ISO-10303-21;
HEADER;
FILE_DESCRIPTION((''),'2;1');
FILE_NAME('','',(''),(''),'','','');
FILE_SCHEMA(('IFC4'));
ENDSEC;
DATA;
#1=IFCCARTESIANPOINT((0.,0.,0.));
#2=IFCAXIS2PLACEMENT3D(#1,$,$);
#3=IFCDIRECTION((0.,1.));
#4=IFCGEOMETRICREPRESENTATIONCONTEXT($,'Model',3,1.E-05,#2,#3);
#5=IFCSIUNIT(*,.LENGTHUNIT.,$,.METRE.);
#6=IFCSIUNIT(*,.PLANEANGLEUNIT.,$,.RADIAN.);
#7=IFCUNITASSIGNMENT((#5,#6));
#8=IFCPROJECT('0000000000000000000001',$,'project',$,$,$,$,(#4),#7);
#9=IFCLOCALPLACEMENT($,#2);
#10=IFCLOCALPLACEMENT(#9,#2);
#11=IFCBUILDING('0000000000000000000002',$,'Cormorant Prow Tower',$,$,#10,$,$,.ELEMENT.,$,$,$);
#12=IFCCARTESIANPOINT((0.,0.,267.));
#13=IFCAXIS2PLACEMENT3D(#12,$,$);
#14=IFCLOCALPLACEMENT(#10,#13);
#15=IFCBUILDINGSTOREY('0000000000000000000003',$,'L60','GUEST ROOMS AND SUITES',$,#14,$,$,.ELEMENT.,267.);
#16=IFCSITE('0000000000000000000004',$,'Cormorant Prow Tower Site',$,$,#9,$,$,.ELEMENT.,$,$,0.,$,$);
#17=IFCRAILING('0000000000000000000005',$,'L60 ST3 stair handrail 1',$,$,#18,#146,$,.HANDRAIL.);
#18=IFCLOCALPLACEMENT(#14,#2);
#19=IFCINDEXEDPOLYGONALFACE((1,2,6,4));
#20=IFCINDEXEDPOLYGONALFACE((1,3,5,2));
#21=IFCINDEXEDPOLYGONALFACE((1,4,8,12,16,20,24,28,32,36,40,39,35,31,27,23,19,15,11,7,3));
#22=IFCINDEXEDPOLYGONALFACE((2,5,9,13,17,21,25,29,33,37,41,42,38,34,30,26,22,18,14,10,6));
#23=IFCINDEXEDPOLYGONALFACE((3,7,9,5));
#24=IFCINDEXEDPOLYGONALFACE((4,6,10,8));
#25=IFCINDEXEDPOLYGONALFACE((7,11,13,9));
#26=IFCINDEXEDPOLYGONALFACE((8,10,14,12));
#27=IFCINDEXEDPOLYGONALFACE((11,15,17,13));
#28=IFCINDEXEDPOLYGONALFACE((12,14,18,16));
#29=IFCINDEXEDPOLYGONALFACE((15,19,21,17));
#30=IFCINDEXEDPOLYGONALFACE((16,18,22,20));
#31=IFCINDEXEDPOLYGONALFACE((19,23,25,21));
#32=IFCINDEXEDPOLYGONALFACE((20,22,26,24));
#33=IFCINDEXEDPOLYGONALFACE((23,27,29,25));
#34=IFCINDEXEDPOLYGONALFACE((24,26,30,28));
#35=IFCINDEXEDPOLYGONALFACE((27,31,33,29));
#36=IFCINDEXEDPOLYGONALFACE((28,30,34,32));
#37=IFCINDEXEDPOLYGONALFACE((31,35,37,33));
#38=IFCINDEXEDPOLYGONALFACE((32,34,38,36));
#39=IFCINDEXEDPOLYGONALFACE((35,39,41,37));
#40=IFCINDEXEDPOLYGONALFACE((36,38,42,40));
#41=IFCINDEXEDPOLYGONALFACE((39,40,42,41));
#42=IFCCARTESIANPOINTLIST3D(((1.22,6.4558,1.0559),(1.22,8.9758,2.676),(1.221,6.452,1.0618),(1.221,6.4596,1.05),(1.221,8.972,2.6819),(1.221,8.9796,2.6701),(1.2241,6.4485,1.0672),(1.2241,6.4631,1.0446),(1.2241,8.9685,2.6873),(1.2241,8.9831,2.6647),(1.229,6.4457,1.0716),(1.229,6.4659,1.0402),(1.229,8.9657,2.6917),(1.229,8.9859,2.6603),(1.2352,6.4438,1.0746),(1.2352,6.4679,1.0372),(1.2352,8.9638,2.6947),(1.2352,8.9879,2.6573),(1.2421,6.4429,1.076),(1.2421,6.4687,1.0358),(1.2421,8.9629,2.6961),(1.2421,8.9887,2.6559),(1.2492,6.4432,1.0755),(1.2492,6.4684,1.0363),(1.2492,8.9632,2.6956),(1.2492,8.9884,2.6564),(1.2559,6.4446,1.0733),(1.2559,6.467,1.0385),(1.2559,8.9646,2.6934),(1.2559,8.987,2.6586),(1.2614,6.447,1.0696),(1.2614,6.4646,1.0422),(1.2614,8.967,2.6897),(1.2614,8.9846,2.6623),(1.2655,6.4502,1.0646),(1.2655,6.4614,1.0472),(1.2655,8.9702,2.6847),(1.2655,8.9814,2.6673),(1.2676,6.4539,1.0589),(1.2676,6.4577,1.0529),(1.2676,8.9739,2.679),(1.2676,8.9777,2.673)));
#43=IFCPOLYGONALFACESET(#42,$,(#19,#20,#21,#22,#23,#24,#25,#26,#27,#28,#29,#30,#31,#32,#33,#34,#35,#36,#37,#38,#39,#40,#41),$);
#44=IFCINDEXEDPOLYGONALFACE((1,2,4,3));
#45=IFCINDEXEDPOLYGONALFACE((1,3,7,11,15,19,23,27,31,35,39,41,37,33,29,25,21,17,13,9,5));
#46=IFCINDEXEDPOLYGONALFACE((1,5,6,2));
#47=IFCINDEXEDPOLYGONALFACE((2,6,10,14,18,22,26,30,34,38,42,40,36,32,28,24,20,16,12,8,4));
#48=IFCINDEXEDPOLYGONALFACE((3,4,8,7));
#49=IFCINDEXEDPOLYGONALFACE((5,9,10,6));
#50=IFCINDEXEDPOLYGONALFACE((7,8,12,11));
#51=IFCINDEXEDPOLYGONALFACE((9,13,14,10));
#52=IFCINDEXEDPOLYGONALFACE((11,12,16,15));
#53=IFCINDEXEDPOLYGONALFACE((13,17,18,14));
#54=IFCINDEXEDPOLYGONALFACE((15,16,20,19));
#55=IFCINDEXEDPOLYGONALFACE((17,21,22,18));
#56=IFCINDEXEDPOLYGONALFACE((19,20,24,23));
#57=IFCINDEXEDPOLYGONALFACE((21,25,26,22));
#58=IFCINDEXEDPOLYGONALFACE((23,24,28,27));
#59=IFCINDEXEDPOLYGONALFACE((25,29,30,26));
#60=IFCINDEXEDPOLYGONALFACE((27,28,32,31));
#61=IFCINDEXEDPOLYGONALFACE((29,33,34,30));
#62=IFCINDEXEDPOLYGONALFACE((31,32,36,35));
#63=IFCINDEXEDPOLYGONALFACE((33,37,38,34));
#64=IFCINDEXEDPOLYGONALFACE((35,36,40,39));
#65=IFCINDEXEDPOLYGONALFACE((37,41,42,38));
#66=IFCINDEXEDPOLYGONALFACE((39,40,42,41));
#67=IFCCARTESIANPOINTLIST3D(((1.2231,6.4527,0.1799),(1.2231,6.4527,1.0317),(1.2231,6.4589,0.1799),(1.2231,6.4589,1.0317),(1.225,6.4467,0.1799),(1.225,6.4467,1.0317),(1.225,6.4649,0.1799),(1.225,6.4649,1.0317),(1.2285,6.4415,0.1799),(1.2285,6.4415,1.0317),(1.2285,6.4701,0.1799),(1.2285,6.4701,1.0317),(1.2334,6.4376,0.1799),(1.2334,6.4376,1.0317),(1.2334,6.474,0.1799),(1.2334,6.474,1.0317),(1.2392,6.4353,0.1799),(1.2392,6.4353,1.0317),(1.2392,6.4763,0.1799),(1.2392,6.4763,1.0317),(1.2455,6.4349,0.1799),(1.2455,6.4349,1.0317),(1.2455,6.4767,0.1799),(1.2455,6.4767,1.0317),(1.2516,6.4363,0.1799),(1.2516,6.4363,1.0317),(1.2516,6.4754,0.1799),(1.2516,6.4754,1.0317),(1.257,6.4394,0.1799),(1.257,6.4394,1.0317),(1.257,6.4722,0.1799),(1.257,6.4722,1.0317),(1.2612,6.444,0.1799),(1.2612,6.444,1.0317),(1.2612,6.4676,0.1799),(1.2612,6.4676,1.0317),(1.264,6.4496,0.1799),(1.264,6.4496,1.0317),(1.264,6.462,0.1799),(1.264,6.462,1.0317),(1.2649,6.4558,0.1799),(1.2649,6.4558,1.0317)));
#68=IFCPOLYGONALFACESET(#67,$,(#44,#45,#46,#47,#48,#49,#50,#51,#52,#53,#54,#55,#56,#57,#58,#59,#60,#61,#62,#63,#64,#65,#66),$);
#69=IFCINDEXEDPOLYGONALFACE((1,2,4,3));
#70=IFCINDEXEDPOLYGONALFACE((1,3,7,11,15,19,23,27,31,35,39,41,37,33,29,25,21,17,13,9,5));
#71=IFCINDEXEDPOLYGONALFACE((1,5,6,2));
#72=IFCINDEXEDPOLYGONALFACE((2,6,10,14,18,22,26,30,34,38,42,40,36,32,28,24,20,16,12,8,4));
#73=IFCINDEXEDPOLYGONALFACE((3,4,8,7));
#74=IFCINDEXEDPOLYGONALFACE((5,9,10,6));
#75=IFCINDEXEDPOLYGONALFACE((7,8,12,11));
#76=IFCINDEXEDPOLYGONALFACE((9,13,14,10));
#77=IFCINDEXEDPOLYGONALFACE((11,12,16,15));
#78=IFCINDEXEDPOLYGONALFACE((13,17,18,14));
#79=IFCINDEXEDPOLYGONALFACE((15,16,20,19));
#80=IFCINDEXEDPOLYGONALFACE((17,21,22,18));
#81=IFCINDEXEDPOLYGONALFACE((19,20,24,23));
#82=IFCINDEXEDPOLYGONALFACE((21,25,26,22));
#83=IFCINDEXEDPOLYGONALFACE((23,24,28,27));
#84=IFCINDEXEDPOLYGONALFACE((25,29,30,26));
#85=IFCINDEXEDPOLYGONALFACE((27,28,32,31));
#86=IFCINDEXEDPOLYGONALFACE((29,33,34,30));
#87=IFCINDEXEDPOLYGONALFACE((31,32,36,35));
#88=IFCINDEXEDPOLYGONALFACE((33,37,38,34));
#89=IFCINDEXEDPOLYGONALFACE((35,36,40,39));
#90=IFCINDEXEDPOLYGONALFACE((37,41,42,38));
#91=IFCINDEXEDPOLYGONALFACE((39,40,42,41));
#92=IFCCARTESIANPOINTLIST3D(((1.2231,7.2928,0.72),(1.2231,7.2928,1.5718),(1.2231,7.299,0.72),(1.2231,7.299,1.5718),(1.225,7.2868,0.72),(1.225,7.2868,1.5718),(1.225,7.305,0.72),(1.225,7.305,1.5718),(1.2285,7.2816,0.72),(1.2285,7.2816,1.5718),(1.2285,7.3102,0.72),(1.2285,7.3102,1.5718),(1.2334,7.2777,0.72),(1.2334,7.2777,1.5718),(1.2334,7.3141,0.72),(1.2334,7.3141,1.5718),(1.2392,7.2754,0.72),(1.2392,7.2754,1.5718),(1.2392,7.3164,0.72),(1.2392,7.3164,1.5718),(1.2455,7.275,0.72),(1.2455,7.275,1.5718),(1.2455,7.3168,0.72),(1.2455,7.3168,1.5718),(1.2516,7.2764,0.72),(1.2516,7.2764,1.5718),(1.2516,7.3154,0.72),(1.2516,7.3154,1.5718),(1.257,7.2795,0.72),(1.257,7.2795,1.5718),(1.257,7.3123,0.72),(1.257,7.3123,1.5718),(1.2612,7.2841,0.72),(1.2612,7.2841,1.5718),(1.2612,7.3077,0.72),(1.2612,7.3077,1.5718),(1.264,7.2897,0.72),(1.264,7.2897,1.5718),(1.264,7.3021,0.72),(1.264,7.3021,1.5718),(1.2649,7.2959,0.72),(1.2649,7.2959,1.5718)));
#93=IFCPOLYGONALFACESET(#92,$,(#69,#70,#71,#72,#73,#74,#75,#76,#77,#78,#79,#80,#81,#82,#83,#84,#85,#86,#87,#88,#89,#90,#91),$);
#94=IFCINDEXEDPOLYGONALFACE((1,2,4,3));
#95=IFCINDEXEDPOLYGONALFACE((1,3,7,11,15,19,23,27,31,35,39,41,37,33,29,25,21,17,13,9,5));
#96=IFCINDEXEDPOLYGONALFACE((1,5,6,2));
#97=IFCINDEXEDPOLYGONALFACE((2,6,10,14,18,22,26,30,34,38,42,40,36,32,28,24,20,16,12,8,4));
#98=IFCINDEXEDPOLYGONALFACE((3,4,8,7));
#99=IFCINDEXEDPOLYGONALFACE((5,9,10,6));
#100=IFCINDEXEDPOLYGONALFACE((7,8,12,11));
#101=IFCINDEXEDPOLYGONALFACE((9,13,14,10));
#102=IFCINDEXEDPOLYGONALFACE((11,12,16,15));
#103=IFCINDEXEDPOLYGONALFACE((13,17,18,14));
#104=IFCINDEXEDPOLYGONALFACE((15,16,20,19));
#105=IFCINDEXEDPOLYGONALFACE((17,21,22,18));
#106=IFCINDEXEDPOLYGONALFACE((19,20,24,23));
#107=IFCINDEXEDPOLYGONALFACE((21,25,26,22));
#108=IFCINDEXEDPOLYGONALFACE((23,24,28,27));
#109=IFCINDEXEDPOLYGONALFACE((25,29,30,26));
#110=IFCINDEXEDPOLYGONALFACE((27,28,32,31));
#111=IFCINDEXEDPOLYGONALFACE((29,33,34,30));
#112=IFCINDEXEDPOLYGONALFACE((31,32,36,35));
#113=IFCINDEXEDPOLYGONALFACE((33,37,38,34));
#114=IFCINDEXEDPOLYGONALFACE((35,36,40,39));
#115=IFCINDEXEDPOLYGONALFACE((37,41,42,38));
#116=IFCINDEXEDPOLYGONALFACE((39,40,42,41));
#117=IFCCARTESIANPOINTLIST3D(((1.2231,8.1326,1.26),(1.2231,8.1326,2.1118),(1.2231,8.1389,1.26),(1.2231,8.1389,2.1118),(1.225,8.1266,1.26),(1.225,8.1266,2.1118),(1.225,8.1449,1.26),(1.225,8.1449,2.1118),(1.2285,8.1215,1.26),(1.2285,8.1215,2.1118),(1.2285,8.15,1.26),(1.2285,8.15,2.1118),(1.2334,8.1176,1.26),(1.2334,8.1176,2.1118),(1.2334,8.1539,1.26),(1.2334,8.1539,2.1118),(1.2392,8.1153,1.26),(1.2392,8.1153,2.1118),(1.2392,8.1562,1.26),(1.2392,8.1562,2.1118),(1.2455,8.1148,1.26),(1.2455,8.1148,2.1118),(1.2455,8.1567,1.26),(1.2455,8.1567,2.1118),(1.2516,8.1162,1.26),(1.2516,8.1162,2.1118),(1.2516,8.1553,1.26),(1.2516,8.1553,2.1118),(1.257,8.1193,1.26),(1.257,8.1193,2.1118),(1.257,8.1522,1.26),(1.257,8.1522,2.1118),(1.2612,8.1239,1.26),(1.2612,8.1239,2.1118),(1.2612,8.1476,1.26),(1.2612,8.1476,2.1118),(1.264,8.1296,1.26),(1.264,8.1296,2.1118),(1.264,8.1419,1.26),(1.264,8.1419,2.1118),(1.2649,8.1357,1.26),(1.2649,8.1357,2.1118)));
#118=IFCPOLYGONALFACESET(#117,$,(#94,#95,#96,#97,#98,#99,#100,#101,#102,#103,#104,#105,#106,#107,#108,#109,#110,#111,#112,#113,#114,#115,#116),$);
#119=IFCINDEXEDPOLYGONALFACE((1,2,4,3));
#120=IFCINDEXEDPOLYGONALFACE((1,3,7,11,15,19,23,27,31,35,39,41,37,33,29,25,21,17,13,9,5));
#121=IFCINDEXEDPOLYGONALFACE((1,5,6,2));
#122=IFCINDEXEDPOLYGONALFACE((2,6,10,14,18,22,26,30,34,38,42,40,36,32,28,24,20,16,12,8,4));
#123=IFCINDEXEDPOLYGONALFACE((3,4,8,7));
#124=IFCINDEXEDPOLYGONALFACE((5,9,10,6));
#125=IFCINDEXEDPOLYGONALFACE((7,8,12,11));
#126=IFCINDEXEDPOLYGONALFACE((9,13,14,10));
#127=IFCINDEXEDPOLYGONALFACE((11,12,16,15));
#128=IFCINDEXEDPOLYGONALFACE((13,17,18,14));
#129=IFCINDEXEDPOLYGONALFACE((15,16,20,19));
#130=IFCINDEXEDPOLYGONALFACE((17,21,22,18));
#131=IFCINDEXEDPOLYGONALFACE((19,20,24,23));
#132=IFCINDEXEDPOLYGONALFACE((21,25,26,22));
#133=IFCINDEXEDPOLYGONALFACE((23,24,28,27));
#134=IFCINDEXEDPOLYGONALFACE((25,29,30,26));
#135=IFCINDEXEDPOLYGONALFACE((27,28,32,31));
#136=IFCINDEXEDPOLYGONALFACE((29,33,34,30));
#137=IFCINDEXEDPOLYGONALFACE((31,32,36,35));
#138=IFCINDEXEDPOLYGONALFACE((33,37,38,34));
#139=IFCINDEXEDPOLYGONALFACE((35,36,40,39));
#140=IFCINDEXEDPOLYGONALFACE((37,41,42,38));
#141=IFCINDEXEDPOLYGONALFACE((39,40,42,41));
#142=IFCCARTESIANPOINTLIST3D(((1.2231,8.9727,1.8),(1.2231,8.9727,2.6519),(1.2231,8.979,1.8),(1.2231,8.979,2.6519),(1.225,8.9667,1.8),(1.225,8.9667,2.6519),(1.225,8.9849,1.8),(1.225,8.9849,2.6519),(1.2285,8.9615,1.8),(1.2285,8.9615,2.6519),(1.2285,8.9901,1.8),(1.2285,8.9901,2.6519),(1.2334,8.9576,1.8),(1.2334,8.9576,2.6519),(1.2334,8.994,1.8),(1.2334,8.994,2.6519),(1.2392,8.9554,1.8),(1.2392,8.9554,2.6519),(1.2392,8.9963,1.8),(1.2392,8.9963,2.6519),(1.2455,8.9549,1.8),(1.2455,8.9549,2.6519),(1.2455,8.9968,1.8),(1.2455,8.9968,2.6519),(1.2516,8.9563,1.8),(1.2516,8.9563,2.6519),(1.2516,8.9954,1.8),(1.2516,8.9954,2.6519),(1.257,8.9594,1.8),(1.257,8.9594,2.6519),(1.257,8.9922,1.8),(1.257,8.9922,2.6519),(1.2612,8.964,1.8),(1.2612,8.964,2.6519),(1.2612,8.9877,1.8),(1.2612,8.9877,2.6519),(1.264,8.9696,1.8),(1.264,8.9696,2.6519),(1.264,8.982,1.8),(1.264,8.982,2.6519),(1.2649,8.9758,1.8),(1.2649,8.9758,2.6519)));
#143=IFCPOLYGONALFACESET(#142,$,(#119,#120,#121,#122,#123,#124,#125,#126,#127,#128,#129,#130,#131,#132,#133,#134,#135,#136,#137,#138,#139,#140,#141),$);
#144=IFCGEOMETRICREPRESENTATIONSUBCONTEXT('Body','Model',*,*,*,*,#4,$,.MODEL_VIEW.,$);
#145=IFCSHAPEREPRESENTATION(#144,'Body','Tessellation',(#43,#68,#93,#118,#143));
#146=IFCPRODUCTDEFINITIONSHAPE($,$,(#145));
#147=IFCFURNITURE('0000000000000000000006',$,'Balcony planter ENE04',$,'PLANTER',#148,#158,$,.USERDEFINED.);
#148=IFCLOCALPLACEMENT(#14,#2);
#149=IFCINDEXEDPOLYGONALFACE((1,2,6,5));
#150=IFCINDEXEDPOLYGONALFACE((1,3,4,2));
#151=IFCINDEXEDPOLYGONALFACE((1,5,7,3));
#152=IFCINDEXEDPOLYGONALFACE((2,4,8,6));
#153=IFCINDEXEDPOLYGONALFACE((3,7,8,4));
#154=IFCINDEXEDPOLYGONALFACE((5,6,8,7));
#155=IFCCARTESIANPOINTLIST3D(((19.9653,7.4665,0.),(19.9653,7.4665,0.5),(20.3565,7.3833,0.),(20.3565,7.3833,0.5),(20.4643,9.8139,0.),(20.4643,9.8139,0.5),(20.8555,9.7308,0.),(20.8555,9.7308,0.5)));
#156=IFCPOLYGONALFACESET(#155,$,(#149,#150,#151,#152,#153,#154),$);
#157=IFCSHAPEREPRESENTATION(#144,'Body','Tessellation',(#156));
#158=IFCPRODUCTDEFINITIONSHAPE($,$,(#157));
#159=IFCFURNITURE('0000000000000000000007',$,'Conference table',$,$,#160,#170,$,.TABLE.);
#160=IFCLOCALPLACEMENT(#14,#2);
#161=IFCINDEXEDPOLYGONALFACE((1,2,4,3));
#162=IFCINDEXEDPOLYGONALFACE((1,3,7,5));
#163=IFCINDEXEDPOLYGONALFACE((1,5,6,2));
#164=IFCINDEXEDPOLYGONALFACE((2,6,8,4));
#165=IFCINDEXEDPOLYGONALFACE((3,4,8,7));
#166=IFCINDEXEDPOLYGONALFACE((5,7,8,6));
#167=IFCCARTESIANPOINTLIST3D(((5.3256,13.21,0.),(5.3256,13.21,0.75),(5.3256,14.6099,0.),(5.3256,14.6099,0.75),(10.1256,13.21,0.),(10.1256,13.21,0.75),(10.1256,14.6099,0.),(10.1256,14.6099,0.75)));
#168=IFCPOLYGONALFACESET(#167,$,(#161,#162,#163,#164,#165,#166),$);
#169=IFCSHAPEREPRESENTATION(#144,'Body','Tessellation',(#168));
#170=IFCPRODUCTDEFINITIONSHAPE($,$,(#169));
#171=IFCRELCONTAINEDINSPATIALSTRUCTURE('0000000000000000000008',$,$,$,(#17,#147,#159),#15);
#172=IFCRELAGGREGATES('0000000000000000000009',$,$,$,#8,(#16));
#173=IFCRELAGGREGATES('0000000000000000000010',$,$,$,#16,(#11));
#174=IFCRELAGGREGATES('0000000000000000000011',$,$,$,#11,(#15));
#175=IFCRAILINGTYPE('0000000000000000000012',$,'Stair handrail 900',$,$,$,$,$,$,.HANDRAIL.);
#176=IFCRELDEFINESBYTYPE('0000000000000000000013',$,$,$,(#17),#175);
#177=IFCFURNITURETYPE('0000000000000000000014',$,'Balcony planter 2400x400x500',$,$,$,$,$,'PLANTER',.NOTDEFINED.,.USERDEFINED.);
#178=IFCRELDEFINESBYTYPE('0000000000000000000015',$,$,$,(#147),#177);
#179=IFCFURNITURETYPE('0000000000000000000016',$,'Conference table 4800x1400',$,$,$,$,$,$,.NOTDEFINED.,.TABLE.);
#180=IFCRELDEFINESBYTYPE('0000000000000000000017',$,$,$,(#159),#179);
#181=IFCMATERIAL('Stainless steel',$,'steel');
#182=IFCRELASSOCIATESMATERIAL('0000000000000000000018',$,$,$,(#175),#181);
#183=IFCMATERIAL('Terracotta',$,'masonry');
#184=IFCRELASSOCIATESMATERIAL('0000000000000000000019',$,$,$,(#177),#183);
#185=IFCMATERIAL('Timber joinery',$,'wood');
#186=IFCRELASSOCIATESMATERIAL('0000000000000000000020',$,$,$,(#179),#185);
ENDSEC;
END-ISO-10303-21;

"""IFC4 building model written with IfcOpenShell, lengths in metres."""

from ifc_helpers import new_model, si_unit, direction, frame, origin, origin_2d, place, context, subcontext, project, spatial, rectangle, circle, extrude, material, type_object, element, save


model = new_model("IFC4")

# Units and contexts
model_context = context("Model", 3, precision=1e-05, world=origin(), true_north=direction((0.0, 1.0)))
body_context = subcontext(model_context, "Body", "Model", "MODEL_VIEW")
ifc_project = project(units=[si_unit("LENGTHUNIT", "METRE"), si_unit("PLANEANGLEUNIT", "RADIAN")], contexts=[model_context])

# Site, building, storey
site_placement = place(None, origin())
site = spatial("IfcSite", under=ifc_project, at=site_placement, Name="Cormorant Prow Tower Site", CompositionType="ELEMENT", RefElevation=0.0)
building_placement = place(site_placement, origin())
building = spatial("IfcBuilding", under=site, at=building_placement, Name="Cormorant Prow Tower", CompositionType="ELEMENT")
storey_placement = place(building_placement, frame((0.0, 0.0, 267.0)))
storey = spatial("IfcBuildingStorey", under=building, at=storey_placement, Name="L60", Description="GUEST ROOMS AND SUITES", CompositionType="ELEMENT", Elevation=267.0)

# Railing
ifc_material_1 = material(Name="Stainless steel", Category="steel")
railing_type_1 = type_object("IfcRailingType", Name="Stair handrail 900", PredefinedType="HANDRAIL", material=ifc_material_1)
railing_1_placement = place(storey_placement, frame((1.2439, 6.4558, 0.1799)))
element("IfcRailing", 1, at=railing_1_placement, inside=storey, type_object=railing_type_1, Name="L60 ST3 stair handrail 1", PredefinedType="HANDRAIL", context=body_context, shape_type="SweptSolid", body=[
    extrude(circle(Radius=0.0239, at=origin_2d()), frame((0.0, 0.0, 0.876), z_axis=(0.0, 0.841163, 0.540782), x_axis=(-1.0, 0.0, 0.0)), (0.0, 0.0, 1.0), 2.9958),
    extrude(circle(Radius=0.021, at=origin_2d()), origin(), (0.0, 0.0, 1.0), 0.8518),
    extrude(circle(Radius=0.021, at=origin_2d()), frame((0.0, 0.8401, 0.54)), (0.0, 0.0, 1.0), 0.8518),
    extrude(circle(Radius=0.021, at=origin_2d()), frame((0.0, 1.6799, 1.0801)), (0.0, 0.0, 1.0), 0.8518),
    extrude(circle(Radius=0.021, at=origin_2d()), frame((0.0, 2.52, 1.6201)), (0.0, 0.0, 1.0), 0.8518),
])

# Furniture
ifc_material_2 = material(Name="Terracotta", Category="masonry")
furniture_type_1 = type_object("IfcFurnitureType", Name="Balcony planter 2400x400x500", ElementType="PLANTER", AssemblyPlace="NOTDEFINED", PredefinedType="USERDEFINED", material=ifc_material_2)
furniture_1_placement = place(storey_placement, frame((20.4104, 8.5986, 0.0), z_axis=(0.0, 0.0, 1.0), x_axis=(0.207912, 0.978148, 0.0)))
element("IfcFurniture", 2, at=furniture_1_placement, inside=storey, type_object=furniture_type_1, Name="Balcony planter ENE04", ObjectType="PLANTER", PredefinedType="USERDEFINED", context=body_context, shape_type="SweptSolid", body=[
    extrude(rectangle(XDim=2.3999, YDim=0.3999, at=origin_2d()), origin(), (0.0, 0.0, 1.0), 0.5),
])
ifc_material_3 = material(Name="Timber joinery", Category="wood")
furniture_type_2 = type_object("IfcFurnitureType", Name="Conference table 4800x1400", AssemblyPlace="NOTDEFINED", PredefinedType="TABLE", material=ifc_material_3)
furniture_2_placement = place(storey_placement, frame((7.7256, 13.9099, 0.0), z_axis=(0.0, 0.0, 1.0), x_axis=(1.0, 0.0, 0.0)))
element("IfcFurniture", 3, at=furniture_2_placement, inside=storey, type_object=furniture_type_2, Name="Conference table", PredefinedType="TABLE", context=body_context, shape_type="SweptSolid", body=[
    extrude(rectangle(XDim=4.8, YDim=1.3999, at=origin_2d()), origin(), (0.0, 0.0, 1.0), 0.75),
])

save(model, "model.ifc")
